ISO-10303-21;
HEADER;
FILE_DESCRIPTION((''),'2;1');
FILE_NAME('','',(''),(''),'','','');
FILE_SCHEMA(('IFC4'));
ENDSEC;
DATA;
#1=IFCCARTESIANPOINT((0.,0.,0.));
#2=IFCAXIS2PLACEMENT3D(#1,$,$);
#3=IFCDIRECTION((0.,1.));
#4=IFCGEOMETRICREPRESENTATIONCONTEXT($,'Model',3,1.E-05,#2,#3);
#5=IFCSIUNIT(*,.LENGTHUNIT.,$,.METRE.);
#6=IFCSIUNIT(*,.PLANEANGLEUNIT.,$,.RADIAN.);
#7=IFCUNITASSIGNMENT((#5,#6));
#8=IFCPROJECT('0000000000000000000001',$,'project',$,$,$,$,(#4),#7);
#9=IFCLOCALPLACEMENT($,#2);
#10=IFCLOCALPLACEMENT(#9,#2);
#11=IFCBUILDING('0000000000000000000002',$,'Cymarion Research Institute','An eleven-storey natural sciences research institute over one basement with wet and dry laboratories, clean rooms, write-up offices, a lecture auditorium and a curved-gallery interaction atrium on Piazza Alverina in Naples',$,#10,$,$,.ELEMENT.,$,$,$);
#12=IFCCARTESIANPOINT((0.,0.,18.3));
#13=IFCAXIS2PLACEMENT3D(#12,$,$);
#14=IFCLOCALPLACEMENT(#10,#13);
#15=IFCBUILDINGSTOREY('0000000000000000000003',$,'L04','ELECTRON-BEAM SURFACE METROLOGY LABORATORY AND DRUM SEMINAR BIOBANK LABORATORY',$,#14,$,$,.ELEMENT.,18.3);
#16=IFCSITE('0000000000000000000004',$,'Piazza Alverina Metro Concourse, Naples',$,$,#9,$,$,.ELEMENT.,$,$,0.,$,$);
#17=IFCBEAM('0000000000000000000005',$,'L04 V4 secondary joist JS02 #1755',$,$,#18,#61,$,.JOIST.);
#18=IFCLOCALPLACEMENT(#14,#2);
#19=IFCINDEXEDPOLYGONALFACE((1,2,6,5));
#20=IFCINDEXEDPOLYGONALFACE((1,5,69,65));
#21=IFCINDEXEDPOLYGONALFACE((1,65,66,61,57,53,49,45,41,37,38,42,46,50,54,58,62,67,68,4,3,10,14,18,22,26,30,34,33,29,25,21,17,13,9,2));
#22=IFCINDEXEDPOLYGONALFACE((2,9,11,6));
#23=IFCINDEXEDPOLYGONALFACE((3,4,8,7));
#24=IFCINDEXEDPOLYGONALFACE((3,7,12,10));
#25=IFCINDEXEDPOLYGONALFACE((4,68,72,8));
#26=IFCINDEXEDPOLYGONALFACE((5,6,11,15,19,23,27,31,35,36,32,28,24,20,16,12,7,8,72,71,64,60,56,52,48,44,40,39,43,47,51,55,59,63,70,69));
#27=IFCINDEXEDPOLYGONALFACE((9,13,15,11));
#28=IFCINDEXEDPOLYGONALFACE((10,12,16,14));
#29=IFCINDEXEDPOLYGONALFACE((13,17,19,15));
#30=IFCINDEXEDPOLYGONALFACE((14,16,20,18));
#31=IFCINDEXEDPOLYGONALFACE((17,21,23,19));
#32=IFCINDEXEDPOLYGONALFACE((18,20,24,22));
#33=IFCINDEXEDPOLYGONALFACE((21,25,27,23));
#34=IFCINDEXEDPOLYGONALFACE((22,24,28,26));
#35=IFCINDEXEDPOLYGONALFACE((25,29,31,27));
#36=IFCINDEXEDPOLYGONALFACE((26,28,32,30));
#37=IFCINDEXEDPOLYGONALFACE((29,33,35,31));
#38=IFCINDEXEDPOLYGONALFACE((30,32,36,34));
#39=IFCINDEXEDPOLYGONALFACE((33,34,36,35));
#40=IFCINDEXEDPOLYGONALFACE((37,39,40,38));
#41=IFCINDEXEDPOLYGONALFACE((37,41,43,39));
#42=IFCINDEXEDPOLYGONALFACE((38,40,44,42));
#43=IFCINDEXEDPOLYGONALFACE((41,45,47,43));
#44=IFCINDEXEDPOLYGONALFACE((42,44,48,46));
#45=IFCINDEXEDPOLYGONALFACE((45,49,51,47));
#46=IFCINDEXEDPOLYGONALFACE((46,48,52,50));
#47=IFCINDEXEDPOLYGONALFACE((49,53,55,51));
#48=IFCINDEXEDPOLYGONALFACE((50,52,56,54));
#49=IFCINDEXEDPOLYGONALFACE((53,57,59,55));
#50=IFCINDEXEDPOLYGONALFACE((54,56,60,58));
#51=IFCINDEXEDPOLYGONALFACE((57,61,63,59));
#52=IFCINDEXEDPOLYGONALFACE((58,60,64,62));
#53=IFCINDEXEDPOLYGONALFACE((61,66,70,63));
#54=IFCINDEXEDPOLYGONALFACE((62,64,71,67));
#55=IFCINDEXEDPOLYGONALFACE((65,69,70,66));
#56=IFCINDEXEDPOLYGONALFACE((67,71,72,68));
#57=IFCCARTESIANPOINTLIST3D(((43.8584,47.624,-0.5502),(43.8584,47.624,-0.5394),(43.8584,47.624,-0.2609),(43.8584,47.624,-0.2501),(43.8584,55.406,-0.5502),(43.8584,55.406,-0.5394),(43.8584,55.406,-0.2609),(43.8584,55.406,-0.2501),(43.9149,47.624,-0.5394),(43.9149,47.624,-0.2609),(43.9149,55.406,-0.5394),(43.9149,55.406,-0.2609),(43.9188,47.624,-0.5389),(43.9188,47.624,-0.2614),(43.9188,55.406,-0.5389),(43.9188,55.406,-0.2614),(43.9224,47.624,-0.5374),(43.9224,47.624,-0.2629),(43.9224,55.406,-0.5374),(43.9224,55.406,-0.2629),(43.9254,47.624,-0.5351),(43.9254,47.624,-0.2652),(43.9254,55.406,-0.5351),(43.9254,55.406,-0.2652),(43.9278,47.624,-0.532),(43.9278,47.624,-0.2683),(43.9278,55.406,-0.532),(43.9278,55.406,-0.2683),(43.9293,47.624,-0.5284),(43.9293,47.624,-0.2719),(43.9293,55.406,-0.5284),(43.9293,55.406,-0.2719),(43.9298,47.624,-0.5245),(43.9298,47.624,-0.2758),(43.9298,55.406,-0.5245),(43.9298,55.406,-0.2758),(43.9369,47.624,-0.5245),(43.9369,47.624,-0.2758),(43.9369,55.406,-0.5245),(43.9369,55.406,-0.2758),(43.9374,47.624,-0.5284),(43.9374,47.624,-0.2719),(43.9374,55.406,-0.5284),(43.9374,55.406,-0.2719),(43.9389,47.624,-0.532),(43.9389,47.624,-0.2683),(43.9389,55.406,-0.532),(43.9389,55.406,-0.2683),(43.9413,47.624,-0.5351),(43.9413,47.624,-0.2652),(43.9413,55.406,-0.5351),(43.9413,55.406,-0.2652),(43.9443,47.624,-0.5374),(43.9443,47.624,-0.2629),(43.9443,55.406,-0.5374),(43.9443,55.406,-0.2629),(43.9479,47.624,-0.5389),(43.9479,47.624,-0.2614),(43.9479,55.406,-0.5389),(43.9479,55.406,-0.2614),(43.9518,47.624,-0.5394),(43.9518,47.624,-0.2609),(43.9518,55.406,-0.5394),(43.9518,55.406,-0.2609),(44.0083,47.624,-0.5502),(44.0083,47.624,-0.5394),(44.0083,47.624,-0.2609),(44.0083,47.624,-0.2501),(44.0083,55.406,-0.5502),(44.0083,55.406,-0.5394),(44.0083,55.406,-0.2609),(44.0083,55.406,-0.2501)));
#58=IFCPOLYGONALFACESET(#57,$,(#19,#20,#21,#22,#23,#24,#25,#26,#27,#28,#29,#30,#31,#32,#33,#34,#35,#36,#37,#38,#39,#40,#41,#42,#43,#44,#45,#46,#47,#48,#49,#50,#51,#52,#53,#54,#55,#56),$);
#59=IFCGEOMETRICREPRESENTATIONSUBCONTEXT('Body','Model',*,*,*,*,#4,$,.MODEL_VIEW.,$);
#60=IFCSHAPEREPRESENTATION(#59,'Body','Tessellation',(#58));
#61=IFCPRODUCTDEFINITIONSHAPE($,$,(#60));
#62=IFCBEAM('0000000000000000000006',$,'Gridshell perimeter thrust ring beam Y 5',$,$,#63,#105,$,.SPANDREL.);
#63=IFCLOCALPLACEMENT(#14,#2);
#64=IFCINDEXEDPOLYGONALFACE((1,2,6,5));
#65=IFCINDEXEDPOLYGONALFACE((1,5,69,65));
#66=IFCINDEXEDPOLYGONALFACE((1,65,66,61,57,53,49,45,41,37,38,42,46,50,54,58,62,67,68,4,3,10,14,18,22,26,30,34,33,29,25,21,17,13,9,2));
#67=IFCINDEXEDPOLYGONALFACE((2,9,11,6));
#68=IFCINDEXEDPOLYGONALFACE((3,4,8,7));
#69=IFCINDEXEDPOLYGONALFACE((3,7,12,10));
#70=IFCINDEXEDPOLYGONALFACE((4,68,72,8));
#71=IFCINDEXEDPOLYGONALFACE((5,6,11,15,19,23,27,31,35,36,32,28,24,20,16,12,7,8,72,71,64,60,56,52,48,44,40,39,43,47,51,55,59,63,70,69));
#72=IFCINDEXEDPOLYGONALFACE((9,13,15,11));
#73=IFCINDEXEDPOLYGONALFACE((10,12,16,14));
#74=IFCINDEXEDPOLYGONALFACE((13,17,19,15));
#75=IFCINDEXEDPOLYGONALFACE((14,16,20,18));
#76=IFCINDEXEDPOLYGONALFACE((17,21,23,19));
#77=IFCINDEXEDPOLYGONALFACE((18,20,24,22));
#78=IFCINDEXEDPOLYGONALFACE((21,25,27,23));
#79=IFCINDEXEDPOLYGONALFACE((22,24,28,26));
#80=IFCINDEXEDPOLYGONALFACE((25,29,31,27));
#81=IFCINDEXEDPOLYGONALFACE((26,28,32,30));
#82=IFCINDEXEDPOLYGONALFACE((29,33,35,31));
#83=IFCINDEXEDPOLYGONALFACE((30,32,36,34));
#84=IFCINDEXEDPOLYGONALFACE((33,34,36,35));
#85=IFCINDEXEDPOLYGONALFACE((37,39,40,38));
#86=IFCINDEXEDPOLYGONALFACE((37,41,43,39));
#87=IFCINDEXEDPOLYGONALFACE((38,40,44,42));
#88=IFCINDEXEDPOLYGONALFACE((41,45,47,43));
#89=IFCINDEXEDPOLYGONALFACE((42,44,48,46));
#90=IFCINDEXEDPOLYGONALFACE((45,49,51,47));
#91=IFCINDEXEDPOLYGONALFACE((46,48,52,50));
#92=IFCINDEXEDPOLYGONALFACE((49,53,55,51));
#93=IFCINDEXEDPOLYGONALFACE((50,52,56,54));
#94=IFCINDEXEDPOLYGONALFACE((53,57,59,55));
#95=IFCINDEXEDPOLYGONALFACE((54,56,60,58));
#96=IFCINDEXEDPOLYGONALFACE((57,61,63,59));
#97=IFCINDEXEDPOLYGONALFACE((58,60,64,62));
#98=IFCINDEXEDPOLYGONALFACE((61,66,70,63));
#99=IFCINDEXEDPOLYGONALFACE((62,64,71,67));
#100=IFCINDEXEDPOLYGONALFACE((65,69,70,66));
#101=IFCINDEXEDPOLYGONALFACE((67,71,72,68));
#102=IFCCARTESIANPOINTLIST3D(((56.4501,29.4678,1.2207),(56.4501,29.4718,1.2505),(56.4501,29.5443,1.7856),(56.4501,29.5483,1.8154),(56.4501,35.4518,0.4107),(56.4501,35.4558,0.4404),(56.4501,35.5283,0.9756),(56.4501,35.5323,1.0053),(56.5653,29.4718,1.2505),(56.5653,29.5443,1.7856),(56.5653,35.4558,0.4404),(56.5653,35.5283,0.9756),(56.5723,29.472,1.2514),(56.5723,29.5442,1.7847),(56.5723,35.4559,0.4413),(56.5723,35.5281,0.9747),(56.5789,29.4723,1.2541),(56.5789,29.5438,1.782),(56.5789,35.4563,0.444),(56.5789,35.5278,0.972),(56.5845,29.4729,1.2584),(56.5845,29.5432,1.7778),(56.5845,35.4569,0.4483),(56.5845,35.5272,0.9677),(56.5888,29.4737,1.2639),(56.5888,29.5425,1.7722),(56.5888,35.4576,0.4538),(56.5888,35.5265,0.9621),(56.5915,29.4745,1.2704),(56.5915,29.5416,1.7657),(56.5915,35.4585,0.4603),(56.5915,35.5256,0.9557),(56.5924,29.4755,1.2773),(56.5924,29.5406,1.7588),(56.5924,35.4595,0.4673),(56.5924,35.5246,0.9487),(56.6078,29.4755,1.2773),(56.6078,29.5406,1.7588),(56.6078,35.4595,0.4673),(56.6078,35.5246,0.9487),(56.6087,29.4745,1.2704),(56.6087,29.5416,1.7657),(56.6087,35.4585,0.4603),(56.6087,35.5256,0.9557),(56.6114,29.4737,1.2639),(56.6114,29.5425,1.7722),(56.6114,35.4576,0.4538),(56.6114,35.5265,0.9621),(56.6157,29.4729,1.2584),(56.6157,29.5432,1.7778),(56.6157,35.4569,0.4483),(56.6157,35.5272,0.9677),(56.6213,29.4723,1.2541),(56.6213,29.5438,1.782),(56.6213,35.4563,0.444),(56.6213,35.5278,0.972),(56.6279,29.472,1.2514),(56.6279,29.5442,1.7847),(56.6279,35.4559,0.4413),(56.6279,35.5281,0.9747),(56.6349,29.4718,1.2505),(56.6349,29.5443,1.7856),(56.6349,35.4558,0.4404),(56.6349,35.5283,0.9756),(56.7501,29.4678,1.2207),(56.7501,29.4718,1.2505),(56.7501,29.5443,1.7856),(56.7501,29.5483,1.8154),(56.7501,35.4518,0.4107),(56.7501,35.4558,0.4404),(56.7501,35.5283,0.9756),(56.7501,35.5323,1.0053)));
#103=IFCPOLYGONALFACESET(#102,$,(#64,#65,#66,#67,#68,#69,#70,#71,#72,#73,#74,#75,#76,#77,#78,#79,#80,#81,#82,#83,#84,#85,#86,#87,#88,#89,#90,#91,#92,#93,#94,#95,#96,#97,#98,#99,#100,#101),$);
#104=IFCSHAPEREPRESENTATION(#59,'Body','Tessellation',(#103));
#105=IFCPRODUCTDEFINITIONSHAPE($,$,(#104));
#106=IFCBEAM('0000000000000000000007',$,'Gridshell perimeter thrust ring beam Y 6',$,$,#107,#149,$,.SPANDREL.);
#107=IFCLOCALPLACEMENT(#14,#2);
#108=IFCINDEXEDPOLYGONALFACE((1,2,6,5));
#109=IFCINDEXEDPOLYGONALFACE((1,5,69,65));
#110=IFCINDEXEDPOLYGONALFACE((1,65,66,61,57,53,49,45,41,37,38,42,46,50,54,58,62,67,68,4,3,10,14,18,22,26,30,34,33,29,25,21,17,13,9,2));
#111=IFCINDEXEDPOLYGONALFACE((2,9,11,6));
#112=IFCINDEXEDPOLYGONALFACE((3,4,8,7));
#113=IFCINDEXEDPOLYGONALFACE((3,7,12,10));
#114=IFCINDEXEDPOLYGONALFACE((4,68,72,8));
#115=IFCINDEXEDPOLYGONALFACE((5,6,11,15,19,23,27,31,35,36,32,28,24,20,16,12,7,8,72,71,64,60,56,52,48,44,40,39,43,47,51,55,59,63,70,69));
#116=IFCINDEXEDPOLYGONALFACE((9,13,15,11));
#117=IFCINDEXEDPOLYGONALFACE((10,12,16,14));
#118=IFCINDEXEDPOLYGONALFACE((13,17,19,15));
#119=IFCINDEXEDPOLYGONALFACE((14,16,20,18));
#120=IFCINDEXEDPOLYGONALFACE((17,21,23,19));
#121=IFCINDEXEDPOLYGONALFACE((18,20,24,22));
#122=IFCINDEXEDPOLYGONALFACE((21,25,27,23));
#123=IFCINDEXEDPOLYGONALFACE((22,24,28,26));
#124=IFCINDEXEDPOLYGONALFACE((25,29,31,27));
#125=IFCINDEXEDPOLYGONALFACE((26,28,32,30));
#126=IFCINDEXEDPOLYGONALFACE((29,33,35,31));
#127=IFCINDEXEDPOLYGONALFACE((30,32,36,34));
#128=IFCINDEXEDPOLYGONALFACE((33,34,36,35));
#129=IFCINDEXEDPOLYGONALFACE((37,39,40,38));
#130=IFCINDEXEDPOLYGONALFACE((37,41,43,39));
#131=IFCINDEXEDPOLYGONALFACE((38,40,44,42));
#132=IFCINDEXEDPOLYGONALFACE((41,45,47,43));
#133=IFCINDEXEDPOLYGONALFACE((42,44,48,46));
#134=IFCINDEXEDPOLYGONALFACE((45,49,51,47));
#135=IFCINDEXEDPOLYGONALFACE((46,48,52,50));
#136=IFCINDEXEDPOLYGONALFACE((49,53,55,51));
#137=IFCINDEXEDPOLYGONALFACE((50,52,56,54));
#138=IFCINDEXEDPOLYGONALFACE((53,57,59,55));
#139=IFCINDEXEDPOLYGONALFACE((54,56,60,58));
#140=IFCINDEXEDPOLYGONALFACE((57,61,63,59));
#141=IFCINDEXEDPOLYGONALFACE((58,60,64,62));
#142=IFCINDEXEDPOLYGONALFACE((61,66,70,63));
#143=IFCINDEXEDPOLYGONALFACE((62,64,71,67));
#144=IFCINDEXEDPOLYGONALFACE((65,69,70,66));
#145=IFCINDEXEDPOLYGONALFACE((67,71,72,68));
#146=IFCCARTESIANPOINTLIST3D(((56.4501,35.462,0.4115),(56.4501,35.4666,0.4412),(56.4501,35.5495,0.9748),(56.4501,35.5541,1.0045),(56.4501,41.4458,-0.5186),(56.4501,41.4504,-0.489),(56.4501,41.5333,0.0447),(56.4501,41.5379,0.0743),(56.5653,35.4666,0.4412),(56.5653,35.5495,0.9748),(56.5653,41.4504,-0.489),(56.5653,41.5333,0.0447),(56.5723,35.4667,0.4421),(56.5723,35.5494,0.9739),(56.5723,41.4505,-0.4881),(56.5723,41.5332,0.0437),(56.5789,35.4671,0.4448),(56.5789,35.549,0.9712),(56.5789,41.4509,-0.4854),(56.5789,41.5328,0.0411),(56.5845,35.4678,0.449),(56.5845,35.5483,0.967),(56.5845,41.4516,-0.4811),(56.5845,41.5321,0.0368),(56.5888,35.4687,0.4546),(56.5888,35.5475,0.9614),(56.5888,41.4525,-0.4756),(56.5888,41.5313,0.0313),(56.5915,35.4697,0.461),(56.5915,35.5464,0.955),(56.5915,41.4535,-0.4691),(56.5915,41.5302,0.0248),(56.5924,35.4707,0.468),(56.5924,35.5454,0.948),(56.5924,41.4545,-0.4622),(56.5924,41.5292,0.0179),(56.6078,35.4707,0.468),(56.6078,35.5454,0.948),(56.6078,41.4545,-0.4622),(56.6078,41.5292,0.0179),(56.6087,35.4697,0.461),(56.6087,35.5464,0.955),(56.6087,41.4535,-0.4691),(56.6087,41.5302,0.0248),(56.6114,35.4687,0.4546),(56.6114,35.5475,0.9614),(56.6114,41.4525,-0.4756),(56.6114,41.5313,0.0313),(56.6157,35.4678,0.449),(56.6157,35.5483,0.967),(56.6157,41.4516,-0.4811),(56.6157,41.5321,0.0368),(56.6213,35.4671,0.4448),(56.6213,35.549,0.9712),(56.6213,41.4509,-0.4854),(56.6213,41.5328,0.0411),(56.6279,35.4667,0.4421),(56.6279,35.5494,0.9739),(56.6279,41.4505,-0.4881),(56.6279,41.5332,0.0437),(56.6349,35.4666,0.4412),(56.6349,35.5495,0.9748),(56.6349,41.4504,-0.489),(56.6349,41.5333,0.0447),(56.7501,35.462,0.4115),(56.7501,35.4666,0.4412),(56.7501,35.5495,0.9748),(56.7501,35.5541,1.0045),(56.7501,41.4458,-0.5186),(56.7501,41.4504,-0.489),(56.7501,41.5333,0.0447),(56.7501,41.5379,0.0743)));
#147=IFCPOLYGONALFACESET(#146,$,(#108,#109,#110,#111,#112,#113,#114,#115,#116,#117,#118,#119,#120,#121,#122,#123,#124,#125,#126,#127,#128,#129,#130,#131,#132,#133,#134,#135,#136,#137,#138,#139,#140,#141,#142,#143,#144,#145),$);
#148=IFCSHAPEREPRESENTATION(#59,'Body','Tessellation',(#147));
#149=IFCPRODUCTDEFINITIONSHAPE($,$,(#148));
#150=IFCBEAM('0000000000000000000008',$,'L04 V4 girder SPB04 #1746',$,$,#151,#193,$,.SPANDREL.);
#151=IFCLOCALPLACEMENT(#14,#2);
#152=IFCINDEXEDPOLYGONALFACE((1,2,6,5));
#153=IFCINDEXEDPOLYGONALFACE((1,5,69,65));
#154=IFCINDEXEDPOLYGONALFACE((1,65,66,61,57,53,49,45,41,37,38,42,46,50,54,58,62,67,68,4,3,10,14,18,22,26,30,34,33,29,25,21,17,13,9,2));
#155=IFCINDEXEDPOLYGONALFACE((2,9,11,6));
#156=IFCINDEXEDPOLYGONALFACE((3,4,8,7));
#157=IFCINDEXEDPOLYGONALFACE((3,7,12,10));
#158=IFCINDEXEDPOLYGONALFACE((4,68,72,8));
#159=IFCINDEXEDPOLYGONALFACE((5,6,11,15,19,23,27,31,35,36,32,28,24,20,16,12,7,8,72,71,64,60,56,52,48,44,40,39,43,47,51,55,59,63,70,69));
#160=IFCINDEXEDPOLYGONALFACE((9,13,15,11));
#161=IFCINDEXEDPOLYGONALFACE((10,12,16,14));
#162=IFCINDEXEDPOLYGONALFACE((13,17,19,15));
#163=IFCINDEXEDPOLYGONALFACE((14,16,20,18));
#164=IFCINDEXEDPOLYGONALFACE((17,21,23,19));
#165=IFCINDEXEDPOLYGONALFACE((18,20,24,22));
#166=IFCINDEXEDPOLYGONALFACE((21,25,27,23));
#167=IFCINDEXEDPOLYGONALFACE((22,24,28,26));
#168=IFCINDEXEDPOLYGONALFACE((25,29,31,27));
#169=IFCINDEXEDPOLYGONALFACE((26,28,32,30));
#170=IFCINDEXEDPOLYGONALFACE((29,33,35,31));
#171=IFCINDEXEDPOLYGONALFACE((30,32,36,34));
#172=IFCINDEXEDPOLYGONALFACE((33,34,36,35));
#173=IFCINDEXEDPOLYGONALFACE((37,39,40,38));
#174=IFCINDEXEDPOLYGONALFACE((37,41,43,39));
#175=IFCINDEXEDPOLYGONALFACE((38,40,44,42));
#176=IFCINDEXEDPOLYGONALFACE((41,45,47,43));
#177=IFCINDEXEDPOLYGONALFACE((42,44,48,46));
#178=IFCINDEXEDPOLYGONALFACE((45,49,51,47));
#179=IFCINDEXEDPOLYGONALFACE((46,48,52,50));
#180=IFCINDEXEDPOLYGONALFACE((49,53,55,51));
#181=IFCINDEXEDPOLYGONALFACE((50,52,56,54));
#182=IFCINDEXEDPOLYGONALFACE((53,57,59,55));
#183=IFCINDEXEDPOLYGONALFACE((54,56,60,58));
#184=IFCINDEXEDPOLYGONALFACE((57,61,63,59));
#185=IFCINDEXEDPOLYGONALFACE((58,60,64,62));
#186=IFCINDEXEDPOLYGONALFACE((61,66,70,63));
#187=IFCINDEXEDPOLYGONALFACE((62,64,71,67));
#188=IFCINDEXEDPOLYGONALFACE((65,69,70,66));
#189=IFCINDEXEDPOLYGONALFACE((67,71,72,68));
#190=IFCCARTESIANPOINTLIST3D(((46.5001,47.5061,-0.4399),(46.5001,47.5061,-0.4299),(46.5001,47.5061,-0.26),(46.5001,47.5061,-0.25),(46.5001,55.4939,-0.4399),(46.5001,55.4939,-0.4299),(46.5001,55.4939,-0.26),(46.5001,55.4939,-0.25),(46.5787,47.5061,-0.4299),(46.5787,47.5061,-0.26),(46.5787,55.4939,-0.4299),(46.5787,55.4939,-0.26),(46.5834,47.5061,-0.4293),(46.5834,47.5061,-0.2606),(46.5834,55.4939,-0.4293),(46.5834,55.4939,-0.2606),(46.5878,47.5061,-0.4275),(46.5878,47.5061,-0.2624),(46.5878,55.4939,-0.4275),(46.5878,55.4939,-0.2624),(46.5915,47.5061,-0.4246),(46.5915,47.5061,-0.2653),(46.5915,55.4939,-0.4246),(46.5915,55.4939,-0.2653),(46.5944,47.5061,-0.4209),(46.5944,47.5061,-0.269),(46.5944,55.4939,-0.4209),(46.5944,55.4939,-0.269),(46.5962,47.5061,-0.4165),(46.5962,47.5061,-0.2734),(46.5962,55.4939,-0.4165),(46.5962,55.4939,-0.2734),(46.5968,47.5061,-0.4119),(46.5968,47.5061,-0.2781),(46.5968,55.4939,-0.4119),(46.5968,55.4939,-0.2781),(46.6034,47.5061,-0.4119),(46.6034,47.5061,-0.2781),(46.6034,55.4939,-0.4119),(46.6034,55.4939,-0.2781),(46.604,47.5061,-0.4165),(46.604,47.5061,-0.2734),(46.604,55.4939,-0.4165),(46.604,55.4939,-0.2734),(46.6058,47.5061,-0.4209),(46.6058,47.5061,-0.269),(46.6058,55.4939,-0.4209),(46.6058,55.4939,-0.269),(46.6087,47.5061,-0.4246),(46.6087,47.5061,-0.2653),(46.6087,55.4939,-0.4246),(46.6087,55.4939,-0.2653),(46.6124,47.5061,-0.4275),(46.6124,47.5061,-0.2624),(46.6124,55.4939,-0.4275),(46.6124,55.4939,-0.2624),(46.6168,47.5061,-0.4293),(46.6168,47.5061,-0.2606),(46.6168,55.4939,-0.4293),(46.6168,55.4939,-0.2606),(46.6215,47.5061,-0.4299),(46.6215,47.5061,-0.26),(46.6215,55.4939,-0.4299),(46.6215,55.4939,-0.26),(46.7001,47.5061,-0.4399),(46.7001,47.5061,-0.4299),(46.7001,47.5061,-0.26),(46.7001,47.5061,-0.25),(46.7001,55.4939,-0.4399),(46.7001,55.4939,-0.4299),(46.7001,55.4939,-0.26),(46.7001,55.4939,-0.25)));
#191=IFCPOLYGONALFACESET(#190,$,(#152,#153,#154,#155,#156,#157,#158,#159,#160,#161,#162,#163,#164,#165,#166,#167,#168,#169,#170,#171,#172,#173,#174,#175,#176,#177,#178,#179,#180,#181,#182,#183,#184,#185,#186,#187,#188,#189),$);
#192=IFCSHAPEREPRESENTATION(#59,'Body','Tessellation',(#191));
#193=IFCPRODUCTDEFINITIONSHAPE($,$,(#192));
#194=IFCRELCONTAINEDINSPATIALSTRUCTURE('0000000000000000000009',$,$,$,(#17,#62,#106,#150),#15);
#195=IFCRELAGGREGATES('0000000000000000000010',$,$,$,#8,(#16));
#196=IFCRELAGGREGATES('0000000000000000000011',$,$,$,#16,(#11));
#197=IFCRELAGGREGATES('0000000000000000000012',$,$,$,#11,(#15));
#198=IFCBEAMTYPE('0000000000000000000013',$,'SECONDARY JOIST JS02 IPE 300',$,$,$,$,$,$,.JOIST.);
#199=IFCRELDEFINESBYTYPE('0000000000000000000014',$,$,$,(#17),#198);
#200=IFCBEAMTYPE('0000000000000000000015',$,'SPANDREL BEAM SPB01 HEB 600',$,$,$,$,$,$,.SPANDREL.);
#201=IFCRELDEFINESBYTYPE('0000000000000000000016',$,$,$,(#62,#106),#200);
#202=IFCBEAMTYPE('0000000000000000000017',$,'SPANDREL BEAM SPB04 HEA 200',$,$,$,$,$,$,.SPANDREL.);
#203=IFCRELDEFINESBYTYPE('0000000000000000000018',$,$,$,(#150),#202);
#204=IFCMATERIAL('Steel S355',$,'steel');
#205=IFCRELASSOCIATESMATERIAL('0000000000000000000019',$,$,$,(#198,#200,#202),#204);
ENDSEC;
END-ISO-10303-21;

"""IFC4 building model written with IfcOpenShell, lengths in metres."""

from ifc_helpers import new_model, si_unit, direction, frame, origin, origin_2d, place, context, subcontext, project, spatial, i_section, extrude, material, material_profile, profile_set, type_object, element, save


model = new_model("IFC4")

# Units and contexts
model_context = context("Model", 3, precision=1e-05, world=origin(), true_north=direction((0.0, 1.0)))
body_context = subcontext(model_context, "Body", "Model", "MODEL_VIEW")
ifc_project = project(units=[si_unit("LENGTHUNIT", "METRE"), si_unit("PLANEANGLEUNIT", "RADIAN")], contexts=[model_context])

# Site, building, storey
site_placement = place(None, origin())
site = spatial("IfcSite", under=ifc_project, at=site_placement, Name="Piazza Alverina Metro Concourse, Naples", CompositionType="ELEMENT", RefElevation=0.0)
building_placement = place(site_placement, origin())
building = spatial("IfcBuilding", under=site, at=building_placement, Name="Cymarion Research Institute", Description="An eleven-storey natural sciences research institute over one basement with wet and dry laboratories, clean rooms, write-up offices, a lecture auditorium and a curved-gallery interaction atrium on Piazza Alverina in Naples", CompositionType="ELEMENT")
storey_placement = place(building_placement, frame((0.0, 0.0, 18.3)))
storey = spatial("IfcBuildingStorey", under=building, at=storey_placement, Name="L04", Description="ELECTRON-BEAM SURFACE METROLOGY LABORATORY AND DRUM SEMINAR BIOBANK LABORATORY", CompositionType="ELEMENT", Elevation=18.3)

# Shared definitions
ifc_material_1 = material(Name="Steel S355", Category="steel")

# Beams
ifc_material_profile_1 = material_profile(ifc_material_1, i_section(OverallWidth=0.1499, OverallDepth=0.3, WebThickness=0.0071, FlangeThickness=0.0107, FilletRadius=0.0149, at=origin_2d()), Name="IPE 300")
ifc_profile_set_1 = profile_set([ifc_material_profile_1], Name="Steel S355")
beam_type_1 = type_object("IfcBeamType", Name="SECONDARY JOIST JS02 IPE 300", PredefinedType="JOIST", material=ifc_profile_set_1)
beam_1_placement = place(storey_placement, frame((43.9333, 47.624, -0.4001), z_axis=(0.0, 1.0, 0.0), x_axis=(-1.0, 0.0, 0.0)))
element("IfcBeam", 1, at=beam_1_placement, inside=storey, type_object=beam_type_1, Name="L04 V4 secondary joist JS02 #1755", PredefinedType="JOIST", context=body_context, shape_type="SweptSolid", body=[
    extrude(i_section(OverallWidth=0.1499, OverallDepth=0.3, WebThickness=0.0071, FlangeThickness=0.0107, FilletRadius=0.0149, at=origin_2d()), origin(), (0.0, 0.0, 1.0), 7.782),
])
ifc_material_profile_2 = material_profile(ifc_material_1, i_section(OverallWidth=0.3, OverallDepth=0.6001, WebThickness=0.0154, FlangeThickness=0.03, FilletRadius=0.0271, at=origin_2d()), Name="HEB 600")
ifc_profile_set_2 = profile_set([ifc_material_profile_2], Name="Steel S355")
beam_type_2 = type_object("IfcBeamType", Name="SPANDREL BEAM SPB01 HEB 600", PredefinedType="SPANDREL", material=ifc_profile_set_2)
beam_2_placement = place(storey_placement, frame((56.6001, 29.5081, 1.5181), z_axis=(0.0, 0.990961, -0.13415), x_axis=(-1.0, 0.0, 0.0)))
element("IfcBeam", 2, at=beam_2_placement, inside=storey, type_object=beam_type_2, Name="Gridshell perimeter thrust ring beam Y 5", PredefinedType="SPANDREL", context=body_context, shape_type="SweptSolid", body=[
    extrude(i_section(OverallWidth=0.3, OverallDepth=0.6001, WebThickness=0.0154, FlangeThickness=0.03, FilletRadius=0.0271, at=origin_2d()), origin(), (0.0, 0.0, 1.0), 6.0386),
])
beam_3_placement = place(storey_placement, frame((56.6001, 35.5081, 0.708), z_axis=(0.0, 0.988133, -0.153602), x_axis=(-1.0, 0.0, 0.0)))
element("IfcBeam", 3, at=beam_3_placement, inside=storey, type_object=beam_type_2, Name="Gridshell perimeter thrust ring beam Y 6", PredefinedType="SPANDREL", context=body_context, shape_type="SweptSolid", body=[
    extrude(i_section(OverallWidth=0.3, OverallDepth=0.6001, WebThickness=0.0154, FlangeThickness=0.03, FilletRadius=0.0271, at=origin_2d()), origin(), (0.0, 0.0, 1.0), 6.0557),
])
ifc_material_profile_3 = material_profile(ifc_material_1, i_section(OverallWidth=0.2, OverallDepth=0.1899, WebThickness=0.0066, FlangeThickness=0.01, FilletRadius=0.0181, at=origin_2d()), Name="HEA 200")
ifc_profile_set_3 = profile_set([ifc_material_profile_3], Name="Steel S355")
beam_type_3 = type_object("IfcBeamType", Name="SPANDREL BEAM SPB04 HEA 200", PredefinedType="SPANDREL", material=ifc_profile_set_3)
beam_4_placement = place(storey_placement, frame((46.6001, 47.5061, -0.345), z_axis=(0.0, 1.0, 0.0), x_axis=(-1.0, 0.0, 0.0)))
element("IfcBeam", 4, at=beam_4_placement, inside=storey, type_object=beam_type_3, Name="L04 V4 girder SPB04 #1746", PredefinedType="SPANDREL", context=body_context, shape_type="SweptSolid", body=[
    extrude(i_section(OverallWidth=0.2, OverallDepth=0.1899, WebThickness=0.0066, FlangeThickness=0.01, FilletRadius=0.0181, at=origin_2d()), origin(), (0.0, 0.0, 1.0), 7.9878),
])

save(model, "model.ifc")
